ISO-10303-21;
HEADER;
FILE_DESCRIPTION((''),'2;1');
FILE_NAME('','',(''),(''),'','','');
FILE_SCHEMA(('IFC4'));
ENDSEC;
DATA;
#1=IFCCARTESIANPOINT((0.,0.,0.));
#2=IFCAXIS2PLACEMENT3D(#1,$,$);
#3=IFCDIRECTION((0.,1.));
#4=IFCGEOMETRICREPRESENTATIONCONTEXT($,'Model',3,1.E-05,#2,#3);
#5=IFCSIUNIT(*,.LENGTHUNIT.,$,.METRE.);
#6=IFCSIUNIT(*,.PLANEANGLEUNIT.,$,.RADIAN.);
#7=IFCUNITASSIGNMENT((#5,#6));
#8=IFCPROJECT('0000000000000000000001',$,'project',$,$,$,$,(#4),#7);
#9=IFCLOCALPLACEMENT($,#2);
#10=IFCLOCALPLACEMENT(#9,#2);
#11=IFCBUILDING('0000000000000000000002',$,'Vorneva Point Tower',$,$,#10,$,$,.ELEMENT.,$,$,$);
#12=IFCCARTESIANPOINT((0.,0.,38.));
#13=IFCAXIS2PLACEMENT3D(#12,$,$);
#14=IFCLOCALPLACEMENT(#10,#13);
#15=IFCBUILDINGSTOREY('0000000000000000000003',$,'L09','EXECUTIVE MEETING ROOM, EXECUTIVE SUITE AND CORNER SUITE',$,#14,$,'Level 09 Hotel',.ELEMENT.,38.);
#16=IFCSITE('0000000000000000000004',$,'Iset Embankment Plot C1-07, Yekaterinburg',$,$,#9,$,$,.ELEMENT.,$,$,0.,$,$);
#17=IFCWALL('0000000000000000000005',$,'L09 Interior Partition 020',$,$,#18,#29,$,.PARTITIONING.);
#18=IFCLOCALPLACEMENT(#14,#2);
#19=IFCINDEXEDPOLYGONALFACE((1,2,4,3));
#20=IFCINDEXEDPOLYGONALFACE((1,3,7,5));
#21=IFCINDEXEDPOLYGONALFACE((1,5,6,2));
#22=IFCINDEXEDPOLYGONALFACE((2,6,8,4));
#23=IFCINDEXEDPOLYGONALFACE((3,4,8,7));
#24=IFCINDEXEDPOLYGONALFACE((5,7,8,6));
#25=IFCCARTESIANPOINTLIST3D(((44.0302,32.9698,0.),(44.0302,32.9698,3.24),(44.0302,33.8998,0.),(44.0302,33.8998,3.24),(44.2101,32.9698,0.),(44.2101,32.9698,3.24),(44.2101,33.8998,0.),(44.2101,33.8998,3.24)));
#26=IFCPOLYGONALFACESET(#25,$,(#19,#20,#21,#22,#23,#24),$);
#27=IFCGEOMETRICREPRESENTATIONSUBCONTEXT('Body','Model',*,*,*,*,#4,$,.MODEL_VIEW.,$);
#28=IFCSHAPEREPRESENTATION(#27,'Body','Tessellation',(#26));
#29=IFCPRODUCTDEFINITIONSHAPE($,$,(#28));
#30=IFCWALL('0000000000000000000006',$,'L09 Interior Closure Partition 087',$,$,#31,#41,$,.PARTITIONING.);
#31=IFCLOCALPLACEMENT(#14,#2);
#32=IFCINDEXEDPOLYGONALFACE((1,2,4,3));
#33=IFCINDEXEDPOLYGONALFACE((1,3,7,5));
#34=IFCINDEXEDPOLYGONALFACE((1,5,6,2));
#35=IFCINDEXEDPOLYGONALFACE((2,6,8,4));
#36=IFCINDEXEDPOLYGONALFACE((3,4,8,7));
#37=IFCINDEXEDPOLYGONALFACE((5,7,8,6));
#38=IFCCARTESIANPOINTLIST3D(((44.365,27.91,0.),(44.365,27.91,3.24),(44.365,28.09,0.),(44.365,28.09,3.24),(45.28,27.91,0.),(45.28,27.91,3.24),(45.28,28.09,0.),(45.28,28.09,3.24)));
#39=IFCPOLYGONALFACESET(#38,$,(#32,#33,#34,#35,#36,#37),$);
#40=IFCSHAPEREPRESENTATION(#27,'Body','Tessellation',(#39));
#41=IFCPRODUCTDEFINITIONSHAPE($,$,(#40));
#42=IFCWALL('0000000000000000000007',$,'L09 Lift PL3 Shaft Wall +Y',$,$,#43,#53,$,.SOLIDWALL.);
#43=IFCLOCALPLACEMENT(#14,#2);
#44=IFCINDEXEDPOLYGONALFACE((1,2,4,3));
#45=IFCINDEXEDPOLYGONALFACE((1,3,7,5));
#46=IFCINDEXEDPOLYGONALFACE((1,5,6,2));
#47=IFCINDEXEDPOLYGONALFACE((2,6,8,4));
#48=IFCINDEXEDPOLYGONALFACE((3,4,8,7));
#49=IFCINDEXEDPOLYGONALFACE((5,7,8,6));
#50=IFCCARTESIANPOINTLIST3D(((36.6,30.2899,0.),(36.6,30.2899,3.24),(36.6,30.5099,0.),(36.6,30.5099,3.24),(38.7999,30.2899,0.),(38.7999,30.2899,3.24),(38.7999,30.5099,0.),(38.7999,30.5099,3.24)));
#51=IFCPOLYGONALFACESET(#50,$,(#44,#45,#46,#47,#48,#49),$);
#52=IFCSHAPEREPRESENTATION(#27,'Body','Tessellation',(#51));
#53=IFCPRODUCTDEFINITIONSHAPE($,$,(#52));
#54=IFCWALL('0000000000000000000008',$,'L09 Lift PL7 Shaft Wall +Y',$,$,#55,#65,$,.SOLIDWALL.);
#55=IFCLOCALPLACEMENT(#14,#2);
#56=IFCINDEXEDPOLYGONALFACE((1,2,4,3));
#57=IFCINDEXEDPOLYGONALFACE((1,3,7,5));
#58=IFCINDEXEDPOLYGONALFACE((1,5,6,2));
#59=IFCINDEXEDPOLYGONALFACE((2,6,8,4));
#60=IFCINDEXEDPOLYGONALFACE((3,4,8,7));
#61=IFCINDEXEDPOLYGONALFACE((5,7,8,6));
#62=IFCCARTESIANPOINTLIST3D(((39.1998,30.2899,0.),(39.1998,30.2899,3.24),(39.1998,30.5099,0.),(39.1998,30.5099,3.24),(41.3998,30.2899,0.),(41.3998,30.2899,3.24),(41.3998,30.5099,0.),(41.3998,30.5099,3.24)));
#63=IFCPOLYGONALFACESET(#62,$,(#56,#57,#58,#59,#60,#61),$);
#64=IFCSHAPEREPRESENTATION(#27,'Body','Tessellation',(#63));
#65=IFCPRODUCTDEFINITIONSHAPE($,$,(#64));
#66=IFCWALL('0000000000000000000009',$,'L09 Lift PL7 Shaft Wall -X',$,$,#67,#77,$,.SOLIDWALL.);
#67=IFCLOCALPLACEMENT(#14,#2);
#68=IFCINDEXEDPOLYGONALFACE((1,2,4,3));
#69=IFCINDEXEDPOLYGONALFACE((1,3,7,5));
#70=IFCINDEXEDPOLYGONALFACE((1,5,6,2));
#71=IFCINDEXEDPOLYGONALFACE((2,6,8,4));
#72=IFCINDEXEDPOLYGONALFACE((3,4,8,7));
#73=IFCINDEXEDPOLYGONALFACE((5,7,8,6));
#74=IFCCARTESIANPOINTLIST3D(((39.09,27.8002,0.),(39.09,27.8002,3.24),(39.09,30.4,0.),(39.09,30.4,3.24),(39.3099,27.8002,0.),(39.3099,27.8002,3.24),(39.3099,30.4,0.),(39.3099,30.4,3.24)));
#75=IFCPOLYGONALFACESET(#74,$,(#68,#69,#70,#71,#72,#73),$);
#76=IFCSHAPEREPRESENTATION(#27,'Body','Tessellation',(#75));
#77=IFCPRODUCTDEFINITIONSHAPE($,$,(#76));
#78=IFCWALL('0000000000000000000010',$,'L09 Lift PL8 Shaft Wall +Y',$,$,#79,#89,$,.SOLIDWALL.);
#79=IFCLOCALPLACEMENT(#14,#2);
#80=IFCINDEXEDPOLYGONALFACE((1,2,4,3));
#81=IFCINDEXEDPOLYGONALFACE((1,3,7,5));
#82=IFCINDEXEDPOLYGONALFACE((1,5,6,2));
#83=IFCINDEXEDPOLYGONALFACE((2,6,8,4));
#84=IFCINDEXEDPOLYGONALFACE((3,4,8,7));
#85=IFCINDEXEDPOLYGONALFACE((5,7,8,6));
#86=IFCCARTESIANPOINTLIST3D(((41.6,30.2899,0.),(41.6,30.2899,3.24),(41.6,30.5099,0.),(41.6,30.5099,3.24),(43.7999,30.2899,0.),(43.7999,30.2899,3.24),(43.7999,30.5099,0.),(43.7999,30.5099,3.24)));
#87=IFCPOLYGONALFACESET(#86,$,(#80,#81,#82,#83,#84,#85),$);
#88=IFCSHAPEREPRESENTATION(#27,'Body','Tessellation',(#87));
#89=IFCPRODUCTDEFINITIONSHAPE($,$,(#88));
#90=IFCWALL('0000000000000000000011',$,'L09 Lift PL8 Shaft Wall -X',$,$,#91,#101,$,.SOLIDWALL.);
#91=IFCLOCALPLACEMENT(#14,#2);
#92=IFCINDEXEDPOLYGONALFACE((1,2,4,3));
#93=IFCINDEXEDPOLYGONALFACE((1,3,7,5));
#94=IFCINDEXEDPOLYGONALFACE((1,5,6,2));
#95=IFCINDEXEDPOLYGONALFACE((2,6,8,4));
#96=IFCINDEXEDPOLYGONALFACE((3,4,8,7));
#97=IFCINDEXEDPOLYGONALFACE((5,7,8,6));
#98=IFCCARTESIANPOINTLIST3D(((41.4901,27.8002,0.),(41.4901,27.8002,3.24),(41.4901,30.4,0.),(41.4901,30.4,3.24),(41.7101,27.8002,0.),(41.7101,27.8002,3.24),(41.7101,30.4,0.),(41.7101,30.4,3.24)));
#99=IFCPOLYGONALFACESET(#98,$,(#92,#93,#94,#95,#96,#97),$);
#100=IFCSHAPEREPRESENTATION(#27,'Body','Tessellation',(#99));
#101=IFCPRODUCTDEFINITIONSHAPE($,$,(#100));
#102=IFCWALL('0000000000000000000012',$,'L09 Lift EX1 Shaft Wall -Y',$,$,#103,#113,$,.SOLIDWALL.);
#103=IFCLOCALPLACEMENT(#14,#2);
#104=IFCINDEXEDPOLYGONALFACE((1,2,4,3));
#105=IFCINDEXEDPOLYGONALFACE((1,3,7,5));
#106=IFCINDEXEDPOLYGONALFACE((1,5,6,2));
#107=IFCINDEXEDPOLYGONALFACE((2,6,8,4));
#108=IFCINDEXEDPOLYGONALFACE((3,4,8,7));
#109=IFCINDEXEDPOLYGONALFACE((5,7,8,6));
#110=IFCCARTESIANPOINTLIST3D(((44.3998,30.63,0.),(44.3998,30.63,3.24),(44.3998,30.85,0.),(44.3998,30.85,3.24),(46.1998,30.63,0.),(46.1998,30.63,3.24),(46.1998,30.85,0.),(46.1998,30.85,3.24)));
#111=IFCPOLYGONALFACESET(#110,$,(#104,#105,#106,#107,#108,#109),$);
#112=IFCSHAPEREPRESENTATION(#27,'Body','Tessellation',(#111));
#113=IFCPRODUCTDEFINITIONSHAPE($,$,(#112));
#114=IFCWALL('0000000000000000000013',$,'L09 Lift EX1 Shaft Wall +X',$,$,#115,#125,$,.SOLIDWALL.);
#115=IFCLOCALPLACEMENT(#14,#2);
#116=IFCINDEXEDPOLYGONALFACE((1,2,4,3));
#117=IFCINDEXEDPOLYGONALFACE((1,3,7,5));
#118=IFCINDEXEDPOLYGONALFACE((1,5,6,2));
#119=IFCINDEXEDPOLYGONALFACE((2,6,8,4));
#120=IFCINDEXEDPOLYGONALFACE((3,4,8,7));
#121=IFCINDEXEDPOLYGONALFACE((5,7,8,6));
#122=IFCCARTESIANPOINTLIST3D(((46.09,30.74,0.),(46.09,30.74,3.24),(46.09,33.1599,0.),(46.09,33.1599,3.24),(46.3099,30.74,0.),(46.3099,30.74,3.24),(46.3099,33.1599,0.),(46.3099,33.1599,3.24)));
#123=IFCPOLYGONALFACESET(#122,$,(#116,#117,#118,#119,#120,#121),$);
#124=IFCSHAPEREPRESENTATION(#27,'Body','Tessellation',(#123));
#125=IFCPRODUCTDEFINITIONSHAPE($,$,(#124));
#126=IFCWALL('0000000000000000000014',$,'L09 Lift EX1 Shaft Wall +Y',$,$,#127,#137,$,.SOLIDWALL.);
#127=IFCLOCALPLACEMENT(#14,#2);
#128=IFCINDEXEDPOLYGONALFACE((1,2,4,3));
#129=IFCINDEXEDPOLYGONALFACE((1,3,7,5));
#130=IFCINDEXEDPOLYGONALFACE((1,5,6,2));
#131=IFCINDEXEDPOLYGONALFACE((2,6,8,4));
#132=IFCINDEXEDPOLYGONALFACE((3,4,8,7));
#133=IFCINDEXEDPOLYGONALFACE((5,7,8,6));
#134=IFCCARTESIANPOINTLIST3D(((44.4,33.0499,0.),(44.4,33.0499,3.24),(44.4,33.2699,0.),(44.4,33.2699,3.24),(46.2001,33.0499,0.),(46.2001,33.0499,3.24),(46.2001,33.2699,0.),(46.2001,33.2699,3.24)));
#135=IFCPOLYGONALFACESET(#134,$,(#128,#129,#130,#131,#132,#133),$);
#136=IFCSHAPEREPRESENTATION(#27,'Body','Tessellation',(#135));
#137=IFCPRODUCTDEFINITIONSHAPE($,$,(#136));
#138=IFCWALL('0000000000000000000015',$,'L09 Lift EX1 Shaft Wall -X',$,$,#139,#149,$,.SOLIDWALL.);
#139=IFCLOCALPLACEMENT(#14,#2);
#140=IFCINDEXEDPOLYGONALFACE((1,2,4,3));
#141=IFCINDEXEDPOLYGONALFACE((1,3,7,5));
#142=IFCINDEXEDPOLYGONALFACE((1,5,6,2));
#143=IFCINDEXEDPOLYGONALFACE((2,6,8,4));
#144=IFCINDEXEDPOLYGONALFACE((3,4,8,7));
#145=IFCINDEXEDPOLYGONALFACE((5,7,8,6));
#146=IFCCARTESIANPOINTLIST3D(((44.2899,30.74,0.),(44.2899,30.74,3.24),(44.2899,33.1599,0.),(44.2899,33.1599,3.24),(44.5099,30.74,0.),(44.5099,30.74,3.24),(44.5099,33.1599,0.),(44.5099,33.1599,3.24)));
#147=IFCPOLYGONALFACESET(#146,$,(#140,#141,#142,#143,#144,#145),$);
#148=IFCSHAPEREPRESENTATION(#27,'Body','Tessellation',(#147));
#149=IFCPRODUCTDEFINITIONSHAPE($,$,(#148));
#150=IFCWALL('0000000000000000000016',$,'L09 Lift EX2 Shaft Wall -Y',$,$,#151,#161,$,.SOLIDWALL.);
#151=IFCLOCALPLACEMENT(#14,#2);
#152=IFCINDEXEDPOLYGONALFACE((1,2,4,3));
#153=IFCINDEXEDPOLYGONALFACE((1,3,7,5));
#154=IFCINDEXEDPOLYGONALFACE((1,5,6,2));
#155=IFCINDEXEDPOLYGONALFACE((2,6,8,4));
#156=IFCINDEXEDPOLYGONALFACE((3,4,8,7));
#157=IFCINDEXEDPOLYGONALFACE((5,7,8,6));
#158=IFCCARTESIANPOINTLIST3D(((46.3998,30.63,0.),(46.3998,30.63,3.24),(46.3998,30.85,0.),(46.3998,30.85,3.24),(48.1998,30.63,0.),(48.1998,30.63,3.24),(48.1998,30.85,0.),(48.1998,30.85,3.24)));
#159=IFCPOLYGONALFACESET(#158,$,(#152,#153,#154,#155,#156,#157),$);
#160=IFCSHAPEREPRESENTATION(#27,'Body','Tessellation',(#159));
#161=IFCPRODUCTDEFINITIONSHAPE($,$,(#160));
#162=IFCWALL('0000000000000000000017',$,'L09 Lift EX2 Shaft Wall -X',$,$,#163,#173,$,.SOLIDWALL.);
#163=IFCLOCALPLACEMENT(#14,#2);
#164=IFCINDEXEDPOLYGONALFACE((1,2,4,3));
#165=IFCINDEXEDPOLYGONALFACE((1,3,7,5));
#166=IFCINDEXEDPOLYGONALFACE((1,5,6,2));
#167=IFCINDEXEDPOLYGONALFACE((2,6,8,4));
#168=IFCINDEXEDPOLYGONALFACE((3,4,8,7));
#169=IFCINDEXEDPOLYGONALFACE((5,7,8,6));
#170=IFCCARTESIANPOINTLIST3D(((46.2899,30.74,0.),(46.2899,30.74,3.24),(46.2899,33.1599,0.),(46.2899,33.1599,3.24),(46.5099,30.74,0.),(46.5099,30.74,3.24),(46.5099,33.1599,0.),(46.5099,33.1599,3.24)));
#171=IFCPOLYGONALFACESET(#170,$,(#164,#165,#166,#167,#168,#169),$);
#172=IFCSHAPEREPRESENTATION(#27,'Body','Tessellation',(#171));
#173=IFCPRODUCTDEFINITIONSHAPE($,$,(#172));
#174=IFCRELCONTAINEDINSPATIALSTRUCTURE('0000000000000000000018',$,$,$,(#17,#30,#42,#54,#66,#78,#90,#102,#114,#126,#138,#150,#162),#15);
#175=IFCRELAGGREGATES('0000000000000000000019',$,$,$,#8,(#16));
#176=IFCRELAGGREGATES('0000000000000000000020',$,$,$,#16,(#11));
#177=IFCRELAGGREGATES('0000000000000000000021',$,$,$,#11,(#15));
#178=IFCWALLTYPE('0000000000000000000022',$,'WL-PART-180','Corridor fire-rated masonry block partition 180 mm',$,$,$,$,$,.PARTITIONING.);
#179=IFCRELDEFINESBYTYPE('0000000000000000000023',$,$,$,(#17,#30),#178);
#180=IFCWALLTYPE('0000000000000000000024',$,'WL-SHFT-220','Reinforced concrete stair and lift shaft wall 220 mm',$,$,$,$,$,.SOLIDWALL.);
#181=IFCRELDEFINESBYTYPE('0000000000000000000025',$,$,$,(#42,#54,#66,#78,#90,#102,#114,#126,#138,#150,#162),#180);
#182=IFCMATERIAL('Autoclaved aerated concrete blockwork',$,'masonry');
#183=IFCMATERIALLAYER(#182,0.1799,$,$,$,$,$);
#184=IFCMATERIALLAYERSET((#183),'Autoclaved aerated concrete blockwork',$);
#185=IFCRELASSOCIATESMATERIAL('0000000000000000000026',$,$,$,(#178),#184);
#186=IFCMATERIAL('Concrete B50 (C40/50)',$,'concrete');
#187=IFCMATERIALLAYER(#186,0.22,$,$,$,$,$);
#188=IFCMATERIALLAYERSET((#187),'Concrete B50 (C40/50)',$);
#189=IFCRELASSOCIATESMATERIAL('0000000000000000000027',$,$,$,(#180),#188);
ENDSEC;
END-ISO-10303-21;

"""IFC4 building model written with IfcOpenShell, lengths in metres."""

from ifc_helpers import new_model, si_unit, direction, frame, frame_2d, origin, place, context, subcontext, project, spatial, rectangle, extrude, material, layer, layer_set, type_object, element, save


model = new_model("IFC4")

# Units and contexts
model_context = context("Model", 3, precision=1e-05, world=origin(), true_north=direction((0.0, 1.0)))
body_context = subcontext(model_context, "Body", "Model", "MODEL_VIEW")
ifc_project = project(units=[si_unit("LENGTHUNIT", "METRE"), si_unit("PLANEANGLEUNIT", "RADIAN")], contexts=[model_context])

# Site, building, storey
site_placement = place(None, origin())
site = spatial("IfcSite", under=ifc_project, at=site_placement, Name="Iset Embankment Plot C1-07, Yekaterinburg", CompositionType="ELEMENT", RefElevation=0.0)
building_placement = place(site_placement, origin())
building = spatial("IfcBuilding", under=site, at=building_placement, Name="Vorneva Point Tower", CompositionType="ELEMENT")
storey_placement = place(building_placement, frame((0.0, 0.0, 38.0)))
storey = spatial("IfcBuildingStorey", under=building, at=storey_placement, Name="L09", Description="EXECUTIVE MEETING ROOM, EXECUTIVE SUITE AND CORNER SUITE", LongName="Level 09 Hotel", CompositionType="ELEMENT", Elevation=38.0)

# Shared definitions
ifc_material_1 = material(Name="Autoclaved aerated concrete blockwork", Category="masonry")
ifc_layer_1 = layer(ifc_material_1, 0.1799)
ifc_layer_set_1 = layer_set([ifc_layer_1], Name="Autoclaved aerated concrete blockwork")
wall_type_1 = type_object("IfcWallType", Name="WL-PART-180", Description="Corridor fire-rated masonry block partition 180 mm", PredefinedType="PARTITIONING", material=ifc_layer_set_1)

# Walls
wall_1_placement = place(storey_placement, frame((44.1201, 32.97, 0.0), z_axis=(0.0, 0.0, 1.0), x_axis=(0.0, 1.0, 0.0)))
element("IfcWall", 1, at=wall_1_placement, inside=storey, type_object=wall_type_1, Name="L09 Interior Partition 020", PredefinedType="PARTITIONING", context=body_context, shape_type="SweptSolid", body=[
    extrude(rectangle(XDim=0.9299, YDim=0.1799, at=frame_2d((0.4648, 0.0))), origin(), (0.0, 0.0, 1.0), 3.24),
])
wall_2_placement = place(storey_placement, frame((45.28, 28.0, 0.0), z_axis=(0.0, 0.0, 1.0), x_axis=(-1.0, 0.0, 0.0)))
element("IfcWall", 2, at=wall_2_placement, inside=storey, type_object=wall_type_1, Name="L09 Interior Closure Partition 087", PredefinedType="PARTITIONING", context=body_context, shape_type="SweptSolid", body=[
    extrude(rectangle(XDim=0.915, YDim=0.1799, at=frame_2d((0.4575, 0.0))), origin(), (0.0, 0.0, 1.0), 3.24),
])
ifc_material_2 = material(Name="Concrete B50 (C40/50)", Category="concrete")
ifc_layer_2 = layer(ifc_material_2, 0.22)
ifc_layer_set_2 = layer_set([ifc_layer_2], Name="Concrete B50 (C40/50)")
wall_type_2 = type_object("IfcWallType", Name="WL-SHFT-220", Description="Reinforced concrete stair and lift shaft wall 220 mm", PredefinedType="SOLIDWALL", material=ifc_layer_set_2)
for number, where, z_axis, x_axis, name in (
    (3, (38.8, 30.3999, 0.0), (0.0, 0.0, 1.0), (-1.0, 0.0, 0.0), "L09 Lift PL3 Shaft Wall +Y"),
    (4, (41.3999, 30.3999, 0.0), (0.0, 0.0, 1.0), (-1.0, 0.0, 0.0), "L09 Lift PL7 Shaft Wall +Y"),
):
    element("IfcWall", number, at=place(storey_placement, frame(where, z_axis=z_axis, x_axis=x_axis)), inside=storey, type_object=wall_type_2, Name=name, PredefinedType="SOLIDWALL", context=body_context, shape_type="SweptSolid", body=[
        extrude(rectangle(XDim=2.2, YDim=0.22, at=frame_2d((1.1001, 0.0))), origin(), (0.0, 0.0, 1.0), 3.24),
    ])
wall_3_placement = place(storey_placement, frame((39.2, 30.3999, 0.0), z_axis=(0.0, 0.0, 1.0), x_axis=(0.0, -1.0, 0.0)))
element("IfcWall", 5, at=wall_3_placement, inside=storey, type_object=wall_type_2, Name="L09 Lift PL7 Shaft Wall -X", PredefinedType="SOLIDWALL", context=body_context, shape_type="SweptSolid", body=[
    extrude(rectangle(XDim=2.5999, YDim=0.22, at=frame_2d((1.2998, 0.0))), origin(), (0.0, 0.0, 1.0), 3.24),
])
wall_4_placement = place(storey_placement, frame((43.8, 30.3999, 0.0), z_axis=(0.0, 0.0, 1.0), x_axis=(-1.0, 0.0, 0.0)))
element("IfcWall", 6, at=wall_4_placement, inside=storey, type_object=wall_type_2, Name="L09 Lift PL8 Shaft Wall +Y", PredefinedType="SOLIDWALL", context=body_context, shape_type="SweptSolid", body=[
    extrude(rectangle(XDim=2.2, YDim=0.22, at=frame_2d((1.1001, 0.0))), origin(), (0.0, 0.0, 1.0), 3.24),
])
wall_5_placement = place(storey_placement, frame((41.6001, 30.3999, 0.0), z_axis=(0.0, 0.0, 1.0), x_axis=(0.0, -1.0, 0.0)))
element("IfcWall", 7, at=wall_5_placement, inside=storey, type_object=wall_type_2, Name="L09 Lift PL8 Shaft Wall -X", PredefinedType="SOLIDWALL", context=body_context, shape_type="SweptSolid", body=[
    extrude(rectangle(XDim=2.5999, YDim=0.22, at=frame_2d((1.2998, 0.0))), origin(), (0.0, 0.0, 1.0), 3.24),
])
wall_6_placement = place(storey_placement, frame((44.3999, 30.74, 0.0), z_axis=(0.0, 0.0, 1.0), x_axis=(1.0, 0.0, 0.0)))
element("IfcWall", 8, at=wall_6_placement, inside=storey, type_object=wall_type_2, Name="L09 Lift EX1 Shaft Wall -Y", PredefinedType="SOLIDWALL", context=body_context, shape_type="SweptSolid", body=[
    extrude(rectangle(XDim=1.8, YDim=0.22, at=frame_2d((0.8999, 0.0))), origin(), (0.0, 0.0, 1.0), 3.24),
])
wall_7_placement = place(storey_placement, frame((46.2, 30.74, 0.0), z_axis=(0.0, 0.0, 1.0), x_axis=(0.0, 1.0, 0.0)))
element("IfcWall", 9, at=wall_7_placement, inside=storey, type_object=wall_type_2, Name="L09 Lift EX1 Shaft Wall +X", PredefinedType="SOLIDWALL", context=body_context, shape_type="SweptSolid", body=[
    extrude(rectangle(XDim=2.4199, YDim=0.22, at=frame_2d((1.21, 0.0))), origin(), (0.0, 0.0, 1.0), 3.24),
])
wall_8_placement = place(storey_placement, frame((46.2, 33.1599, 0.0), z_axis=(0.0, 0.0, 1.0), x_axis=(-1.0, 0.0, 0.0)))
element("IfcWall", 10, at=wall_8_placement, inside=storey, type_object=wall_type_2, Name="L09 Lift EX1 Shaft Wall +Y", PredefinedType="SOLIDWALL", context=body_context, shape_type="SweptSolid", body=[
    extrude(rectangle(XDim=1.8, YDim=0.22, at=frame_2d((0.8999, 0.0))), origin(), (0.0, 0.0, 1.0), 3.24),
])
wall_9_placement = place(storey_placement, frame((44.3999, 33.1599, 0.0), z_axis=(0.0, 0.0, 1.0), x_axis=(0.0, -1.0, 0.0)))
element("IfcWall", 11, at=wall_9_placement, inside=storey, type_object=wall_type_2, Name="L09 Lift EX1 Shaft Wall -X", PredefinedType="SOLIDWALL", context=body_context, shape_type="SweptSolid", body=[
    extrude(rectangle(XDim=2.4199, YDim=0.22, at=frame_2d((1.21, 0.0))), origin(), (0.0, 0.0, 1.0), 3.24),
])
wall_10_placement = place(storey_placement, frame((46.3999, 30.74, 0.0), z_axis=(0.0, 0.0, 1.0), x_axis=(1.0, 0.0, 0.0)))
element("IfcWall", 12, at=wall_10_placement, inside=storey, type_object=wall_type_2, Name="L09 Lift EX2 Shaft Wall -Y", PredefinedType="SOLIDWALL", context=body_context, shape_type="SweptSolid", body=[
    extrude(rectangle(XDim=1.8, YDim=0.22, at=frame_2d((0.8999, 0.0))), origin(), (0.0, 0.0, 1.0), 3.24),
])
wall_11_placement = place(storey_placement, frame((46.3999, 33.1599, 0.0), z_axis=(0.0, 0.0, 1.0), x_axis=(0.0, -1.0, 0.0)))
element("IfcWall", 13, at=wall_11_placement, inside=storey, type_object=wall_type_2, Name="L09 Lift EX2 Shaft Wall -X", PredefinedType="SOLIDWALL", context=body_context, shape_type="SweptSolid", body=[
    extrude(rectangle(XDim=2.4199, YDim=0.22, at=frame_2d((1.21, 0.0))), origin(), (0.0, 0.0, 1.0), 3.24),
])

save(model, "model.ifc")
